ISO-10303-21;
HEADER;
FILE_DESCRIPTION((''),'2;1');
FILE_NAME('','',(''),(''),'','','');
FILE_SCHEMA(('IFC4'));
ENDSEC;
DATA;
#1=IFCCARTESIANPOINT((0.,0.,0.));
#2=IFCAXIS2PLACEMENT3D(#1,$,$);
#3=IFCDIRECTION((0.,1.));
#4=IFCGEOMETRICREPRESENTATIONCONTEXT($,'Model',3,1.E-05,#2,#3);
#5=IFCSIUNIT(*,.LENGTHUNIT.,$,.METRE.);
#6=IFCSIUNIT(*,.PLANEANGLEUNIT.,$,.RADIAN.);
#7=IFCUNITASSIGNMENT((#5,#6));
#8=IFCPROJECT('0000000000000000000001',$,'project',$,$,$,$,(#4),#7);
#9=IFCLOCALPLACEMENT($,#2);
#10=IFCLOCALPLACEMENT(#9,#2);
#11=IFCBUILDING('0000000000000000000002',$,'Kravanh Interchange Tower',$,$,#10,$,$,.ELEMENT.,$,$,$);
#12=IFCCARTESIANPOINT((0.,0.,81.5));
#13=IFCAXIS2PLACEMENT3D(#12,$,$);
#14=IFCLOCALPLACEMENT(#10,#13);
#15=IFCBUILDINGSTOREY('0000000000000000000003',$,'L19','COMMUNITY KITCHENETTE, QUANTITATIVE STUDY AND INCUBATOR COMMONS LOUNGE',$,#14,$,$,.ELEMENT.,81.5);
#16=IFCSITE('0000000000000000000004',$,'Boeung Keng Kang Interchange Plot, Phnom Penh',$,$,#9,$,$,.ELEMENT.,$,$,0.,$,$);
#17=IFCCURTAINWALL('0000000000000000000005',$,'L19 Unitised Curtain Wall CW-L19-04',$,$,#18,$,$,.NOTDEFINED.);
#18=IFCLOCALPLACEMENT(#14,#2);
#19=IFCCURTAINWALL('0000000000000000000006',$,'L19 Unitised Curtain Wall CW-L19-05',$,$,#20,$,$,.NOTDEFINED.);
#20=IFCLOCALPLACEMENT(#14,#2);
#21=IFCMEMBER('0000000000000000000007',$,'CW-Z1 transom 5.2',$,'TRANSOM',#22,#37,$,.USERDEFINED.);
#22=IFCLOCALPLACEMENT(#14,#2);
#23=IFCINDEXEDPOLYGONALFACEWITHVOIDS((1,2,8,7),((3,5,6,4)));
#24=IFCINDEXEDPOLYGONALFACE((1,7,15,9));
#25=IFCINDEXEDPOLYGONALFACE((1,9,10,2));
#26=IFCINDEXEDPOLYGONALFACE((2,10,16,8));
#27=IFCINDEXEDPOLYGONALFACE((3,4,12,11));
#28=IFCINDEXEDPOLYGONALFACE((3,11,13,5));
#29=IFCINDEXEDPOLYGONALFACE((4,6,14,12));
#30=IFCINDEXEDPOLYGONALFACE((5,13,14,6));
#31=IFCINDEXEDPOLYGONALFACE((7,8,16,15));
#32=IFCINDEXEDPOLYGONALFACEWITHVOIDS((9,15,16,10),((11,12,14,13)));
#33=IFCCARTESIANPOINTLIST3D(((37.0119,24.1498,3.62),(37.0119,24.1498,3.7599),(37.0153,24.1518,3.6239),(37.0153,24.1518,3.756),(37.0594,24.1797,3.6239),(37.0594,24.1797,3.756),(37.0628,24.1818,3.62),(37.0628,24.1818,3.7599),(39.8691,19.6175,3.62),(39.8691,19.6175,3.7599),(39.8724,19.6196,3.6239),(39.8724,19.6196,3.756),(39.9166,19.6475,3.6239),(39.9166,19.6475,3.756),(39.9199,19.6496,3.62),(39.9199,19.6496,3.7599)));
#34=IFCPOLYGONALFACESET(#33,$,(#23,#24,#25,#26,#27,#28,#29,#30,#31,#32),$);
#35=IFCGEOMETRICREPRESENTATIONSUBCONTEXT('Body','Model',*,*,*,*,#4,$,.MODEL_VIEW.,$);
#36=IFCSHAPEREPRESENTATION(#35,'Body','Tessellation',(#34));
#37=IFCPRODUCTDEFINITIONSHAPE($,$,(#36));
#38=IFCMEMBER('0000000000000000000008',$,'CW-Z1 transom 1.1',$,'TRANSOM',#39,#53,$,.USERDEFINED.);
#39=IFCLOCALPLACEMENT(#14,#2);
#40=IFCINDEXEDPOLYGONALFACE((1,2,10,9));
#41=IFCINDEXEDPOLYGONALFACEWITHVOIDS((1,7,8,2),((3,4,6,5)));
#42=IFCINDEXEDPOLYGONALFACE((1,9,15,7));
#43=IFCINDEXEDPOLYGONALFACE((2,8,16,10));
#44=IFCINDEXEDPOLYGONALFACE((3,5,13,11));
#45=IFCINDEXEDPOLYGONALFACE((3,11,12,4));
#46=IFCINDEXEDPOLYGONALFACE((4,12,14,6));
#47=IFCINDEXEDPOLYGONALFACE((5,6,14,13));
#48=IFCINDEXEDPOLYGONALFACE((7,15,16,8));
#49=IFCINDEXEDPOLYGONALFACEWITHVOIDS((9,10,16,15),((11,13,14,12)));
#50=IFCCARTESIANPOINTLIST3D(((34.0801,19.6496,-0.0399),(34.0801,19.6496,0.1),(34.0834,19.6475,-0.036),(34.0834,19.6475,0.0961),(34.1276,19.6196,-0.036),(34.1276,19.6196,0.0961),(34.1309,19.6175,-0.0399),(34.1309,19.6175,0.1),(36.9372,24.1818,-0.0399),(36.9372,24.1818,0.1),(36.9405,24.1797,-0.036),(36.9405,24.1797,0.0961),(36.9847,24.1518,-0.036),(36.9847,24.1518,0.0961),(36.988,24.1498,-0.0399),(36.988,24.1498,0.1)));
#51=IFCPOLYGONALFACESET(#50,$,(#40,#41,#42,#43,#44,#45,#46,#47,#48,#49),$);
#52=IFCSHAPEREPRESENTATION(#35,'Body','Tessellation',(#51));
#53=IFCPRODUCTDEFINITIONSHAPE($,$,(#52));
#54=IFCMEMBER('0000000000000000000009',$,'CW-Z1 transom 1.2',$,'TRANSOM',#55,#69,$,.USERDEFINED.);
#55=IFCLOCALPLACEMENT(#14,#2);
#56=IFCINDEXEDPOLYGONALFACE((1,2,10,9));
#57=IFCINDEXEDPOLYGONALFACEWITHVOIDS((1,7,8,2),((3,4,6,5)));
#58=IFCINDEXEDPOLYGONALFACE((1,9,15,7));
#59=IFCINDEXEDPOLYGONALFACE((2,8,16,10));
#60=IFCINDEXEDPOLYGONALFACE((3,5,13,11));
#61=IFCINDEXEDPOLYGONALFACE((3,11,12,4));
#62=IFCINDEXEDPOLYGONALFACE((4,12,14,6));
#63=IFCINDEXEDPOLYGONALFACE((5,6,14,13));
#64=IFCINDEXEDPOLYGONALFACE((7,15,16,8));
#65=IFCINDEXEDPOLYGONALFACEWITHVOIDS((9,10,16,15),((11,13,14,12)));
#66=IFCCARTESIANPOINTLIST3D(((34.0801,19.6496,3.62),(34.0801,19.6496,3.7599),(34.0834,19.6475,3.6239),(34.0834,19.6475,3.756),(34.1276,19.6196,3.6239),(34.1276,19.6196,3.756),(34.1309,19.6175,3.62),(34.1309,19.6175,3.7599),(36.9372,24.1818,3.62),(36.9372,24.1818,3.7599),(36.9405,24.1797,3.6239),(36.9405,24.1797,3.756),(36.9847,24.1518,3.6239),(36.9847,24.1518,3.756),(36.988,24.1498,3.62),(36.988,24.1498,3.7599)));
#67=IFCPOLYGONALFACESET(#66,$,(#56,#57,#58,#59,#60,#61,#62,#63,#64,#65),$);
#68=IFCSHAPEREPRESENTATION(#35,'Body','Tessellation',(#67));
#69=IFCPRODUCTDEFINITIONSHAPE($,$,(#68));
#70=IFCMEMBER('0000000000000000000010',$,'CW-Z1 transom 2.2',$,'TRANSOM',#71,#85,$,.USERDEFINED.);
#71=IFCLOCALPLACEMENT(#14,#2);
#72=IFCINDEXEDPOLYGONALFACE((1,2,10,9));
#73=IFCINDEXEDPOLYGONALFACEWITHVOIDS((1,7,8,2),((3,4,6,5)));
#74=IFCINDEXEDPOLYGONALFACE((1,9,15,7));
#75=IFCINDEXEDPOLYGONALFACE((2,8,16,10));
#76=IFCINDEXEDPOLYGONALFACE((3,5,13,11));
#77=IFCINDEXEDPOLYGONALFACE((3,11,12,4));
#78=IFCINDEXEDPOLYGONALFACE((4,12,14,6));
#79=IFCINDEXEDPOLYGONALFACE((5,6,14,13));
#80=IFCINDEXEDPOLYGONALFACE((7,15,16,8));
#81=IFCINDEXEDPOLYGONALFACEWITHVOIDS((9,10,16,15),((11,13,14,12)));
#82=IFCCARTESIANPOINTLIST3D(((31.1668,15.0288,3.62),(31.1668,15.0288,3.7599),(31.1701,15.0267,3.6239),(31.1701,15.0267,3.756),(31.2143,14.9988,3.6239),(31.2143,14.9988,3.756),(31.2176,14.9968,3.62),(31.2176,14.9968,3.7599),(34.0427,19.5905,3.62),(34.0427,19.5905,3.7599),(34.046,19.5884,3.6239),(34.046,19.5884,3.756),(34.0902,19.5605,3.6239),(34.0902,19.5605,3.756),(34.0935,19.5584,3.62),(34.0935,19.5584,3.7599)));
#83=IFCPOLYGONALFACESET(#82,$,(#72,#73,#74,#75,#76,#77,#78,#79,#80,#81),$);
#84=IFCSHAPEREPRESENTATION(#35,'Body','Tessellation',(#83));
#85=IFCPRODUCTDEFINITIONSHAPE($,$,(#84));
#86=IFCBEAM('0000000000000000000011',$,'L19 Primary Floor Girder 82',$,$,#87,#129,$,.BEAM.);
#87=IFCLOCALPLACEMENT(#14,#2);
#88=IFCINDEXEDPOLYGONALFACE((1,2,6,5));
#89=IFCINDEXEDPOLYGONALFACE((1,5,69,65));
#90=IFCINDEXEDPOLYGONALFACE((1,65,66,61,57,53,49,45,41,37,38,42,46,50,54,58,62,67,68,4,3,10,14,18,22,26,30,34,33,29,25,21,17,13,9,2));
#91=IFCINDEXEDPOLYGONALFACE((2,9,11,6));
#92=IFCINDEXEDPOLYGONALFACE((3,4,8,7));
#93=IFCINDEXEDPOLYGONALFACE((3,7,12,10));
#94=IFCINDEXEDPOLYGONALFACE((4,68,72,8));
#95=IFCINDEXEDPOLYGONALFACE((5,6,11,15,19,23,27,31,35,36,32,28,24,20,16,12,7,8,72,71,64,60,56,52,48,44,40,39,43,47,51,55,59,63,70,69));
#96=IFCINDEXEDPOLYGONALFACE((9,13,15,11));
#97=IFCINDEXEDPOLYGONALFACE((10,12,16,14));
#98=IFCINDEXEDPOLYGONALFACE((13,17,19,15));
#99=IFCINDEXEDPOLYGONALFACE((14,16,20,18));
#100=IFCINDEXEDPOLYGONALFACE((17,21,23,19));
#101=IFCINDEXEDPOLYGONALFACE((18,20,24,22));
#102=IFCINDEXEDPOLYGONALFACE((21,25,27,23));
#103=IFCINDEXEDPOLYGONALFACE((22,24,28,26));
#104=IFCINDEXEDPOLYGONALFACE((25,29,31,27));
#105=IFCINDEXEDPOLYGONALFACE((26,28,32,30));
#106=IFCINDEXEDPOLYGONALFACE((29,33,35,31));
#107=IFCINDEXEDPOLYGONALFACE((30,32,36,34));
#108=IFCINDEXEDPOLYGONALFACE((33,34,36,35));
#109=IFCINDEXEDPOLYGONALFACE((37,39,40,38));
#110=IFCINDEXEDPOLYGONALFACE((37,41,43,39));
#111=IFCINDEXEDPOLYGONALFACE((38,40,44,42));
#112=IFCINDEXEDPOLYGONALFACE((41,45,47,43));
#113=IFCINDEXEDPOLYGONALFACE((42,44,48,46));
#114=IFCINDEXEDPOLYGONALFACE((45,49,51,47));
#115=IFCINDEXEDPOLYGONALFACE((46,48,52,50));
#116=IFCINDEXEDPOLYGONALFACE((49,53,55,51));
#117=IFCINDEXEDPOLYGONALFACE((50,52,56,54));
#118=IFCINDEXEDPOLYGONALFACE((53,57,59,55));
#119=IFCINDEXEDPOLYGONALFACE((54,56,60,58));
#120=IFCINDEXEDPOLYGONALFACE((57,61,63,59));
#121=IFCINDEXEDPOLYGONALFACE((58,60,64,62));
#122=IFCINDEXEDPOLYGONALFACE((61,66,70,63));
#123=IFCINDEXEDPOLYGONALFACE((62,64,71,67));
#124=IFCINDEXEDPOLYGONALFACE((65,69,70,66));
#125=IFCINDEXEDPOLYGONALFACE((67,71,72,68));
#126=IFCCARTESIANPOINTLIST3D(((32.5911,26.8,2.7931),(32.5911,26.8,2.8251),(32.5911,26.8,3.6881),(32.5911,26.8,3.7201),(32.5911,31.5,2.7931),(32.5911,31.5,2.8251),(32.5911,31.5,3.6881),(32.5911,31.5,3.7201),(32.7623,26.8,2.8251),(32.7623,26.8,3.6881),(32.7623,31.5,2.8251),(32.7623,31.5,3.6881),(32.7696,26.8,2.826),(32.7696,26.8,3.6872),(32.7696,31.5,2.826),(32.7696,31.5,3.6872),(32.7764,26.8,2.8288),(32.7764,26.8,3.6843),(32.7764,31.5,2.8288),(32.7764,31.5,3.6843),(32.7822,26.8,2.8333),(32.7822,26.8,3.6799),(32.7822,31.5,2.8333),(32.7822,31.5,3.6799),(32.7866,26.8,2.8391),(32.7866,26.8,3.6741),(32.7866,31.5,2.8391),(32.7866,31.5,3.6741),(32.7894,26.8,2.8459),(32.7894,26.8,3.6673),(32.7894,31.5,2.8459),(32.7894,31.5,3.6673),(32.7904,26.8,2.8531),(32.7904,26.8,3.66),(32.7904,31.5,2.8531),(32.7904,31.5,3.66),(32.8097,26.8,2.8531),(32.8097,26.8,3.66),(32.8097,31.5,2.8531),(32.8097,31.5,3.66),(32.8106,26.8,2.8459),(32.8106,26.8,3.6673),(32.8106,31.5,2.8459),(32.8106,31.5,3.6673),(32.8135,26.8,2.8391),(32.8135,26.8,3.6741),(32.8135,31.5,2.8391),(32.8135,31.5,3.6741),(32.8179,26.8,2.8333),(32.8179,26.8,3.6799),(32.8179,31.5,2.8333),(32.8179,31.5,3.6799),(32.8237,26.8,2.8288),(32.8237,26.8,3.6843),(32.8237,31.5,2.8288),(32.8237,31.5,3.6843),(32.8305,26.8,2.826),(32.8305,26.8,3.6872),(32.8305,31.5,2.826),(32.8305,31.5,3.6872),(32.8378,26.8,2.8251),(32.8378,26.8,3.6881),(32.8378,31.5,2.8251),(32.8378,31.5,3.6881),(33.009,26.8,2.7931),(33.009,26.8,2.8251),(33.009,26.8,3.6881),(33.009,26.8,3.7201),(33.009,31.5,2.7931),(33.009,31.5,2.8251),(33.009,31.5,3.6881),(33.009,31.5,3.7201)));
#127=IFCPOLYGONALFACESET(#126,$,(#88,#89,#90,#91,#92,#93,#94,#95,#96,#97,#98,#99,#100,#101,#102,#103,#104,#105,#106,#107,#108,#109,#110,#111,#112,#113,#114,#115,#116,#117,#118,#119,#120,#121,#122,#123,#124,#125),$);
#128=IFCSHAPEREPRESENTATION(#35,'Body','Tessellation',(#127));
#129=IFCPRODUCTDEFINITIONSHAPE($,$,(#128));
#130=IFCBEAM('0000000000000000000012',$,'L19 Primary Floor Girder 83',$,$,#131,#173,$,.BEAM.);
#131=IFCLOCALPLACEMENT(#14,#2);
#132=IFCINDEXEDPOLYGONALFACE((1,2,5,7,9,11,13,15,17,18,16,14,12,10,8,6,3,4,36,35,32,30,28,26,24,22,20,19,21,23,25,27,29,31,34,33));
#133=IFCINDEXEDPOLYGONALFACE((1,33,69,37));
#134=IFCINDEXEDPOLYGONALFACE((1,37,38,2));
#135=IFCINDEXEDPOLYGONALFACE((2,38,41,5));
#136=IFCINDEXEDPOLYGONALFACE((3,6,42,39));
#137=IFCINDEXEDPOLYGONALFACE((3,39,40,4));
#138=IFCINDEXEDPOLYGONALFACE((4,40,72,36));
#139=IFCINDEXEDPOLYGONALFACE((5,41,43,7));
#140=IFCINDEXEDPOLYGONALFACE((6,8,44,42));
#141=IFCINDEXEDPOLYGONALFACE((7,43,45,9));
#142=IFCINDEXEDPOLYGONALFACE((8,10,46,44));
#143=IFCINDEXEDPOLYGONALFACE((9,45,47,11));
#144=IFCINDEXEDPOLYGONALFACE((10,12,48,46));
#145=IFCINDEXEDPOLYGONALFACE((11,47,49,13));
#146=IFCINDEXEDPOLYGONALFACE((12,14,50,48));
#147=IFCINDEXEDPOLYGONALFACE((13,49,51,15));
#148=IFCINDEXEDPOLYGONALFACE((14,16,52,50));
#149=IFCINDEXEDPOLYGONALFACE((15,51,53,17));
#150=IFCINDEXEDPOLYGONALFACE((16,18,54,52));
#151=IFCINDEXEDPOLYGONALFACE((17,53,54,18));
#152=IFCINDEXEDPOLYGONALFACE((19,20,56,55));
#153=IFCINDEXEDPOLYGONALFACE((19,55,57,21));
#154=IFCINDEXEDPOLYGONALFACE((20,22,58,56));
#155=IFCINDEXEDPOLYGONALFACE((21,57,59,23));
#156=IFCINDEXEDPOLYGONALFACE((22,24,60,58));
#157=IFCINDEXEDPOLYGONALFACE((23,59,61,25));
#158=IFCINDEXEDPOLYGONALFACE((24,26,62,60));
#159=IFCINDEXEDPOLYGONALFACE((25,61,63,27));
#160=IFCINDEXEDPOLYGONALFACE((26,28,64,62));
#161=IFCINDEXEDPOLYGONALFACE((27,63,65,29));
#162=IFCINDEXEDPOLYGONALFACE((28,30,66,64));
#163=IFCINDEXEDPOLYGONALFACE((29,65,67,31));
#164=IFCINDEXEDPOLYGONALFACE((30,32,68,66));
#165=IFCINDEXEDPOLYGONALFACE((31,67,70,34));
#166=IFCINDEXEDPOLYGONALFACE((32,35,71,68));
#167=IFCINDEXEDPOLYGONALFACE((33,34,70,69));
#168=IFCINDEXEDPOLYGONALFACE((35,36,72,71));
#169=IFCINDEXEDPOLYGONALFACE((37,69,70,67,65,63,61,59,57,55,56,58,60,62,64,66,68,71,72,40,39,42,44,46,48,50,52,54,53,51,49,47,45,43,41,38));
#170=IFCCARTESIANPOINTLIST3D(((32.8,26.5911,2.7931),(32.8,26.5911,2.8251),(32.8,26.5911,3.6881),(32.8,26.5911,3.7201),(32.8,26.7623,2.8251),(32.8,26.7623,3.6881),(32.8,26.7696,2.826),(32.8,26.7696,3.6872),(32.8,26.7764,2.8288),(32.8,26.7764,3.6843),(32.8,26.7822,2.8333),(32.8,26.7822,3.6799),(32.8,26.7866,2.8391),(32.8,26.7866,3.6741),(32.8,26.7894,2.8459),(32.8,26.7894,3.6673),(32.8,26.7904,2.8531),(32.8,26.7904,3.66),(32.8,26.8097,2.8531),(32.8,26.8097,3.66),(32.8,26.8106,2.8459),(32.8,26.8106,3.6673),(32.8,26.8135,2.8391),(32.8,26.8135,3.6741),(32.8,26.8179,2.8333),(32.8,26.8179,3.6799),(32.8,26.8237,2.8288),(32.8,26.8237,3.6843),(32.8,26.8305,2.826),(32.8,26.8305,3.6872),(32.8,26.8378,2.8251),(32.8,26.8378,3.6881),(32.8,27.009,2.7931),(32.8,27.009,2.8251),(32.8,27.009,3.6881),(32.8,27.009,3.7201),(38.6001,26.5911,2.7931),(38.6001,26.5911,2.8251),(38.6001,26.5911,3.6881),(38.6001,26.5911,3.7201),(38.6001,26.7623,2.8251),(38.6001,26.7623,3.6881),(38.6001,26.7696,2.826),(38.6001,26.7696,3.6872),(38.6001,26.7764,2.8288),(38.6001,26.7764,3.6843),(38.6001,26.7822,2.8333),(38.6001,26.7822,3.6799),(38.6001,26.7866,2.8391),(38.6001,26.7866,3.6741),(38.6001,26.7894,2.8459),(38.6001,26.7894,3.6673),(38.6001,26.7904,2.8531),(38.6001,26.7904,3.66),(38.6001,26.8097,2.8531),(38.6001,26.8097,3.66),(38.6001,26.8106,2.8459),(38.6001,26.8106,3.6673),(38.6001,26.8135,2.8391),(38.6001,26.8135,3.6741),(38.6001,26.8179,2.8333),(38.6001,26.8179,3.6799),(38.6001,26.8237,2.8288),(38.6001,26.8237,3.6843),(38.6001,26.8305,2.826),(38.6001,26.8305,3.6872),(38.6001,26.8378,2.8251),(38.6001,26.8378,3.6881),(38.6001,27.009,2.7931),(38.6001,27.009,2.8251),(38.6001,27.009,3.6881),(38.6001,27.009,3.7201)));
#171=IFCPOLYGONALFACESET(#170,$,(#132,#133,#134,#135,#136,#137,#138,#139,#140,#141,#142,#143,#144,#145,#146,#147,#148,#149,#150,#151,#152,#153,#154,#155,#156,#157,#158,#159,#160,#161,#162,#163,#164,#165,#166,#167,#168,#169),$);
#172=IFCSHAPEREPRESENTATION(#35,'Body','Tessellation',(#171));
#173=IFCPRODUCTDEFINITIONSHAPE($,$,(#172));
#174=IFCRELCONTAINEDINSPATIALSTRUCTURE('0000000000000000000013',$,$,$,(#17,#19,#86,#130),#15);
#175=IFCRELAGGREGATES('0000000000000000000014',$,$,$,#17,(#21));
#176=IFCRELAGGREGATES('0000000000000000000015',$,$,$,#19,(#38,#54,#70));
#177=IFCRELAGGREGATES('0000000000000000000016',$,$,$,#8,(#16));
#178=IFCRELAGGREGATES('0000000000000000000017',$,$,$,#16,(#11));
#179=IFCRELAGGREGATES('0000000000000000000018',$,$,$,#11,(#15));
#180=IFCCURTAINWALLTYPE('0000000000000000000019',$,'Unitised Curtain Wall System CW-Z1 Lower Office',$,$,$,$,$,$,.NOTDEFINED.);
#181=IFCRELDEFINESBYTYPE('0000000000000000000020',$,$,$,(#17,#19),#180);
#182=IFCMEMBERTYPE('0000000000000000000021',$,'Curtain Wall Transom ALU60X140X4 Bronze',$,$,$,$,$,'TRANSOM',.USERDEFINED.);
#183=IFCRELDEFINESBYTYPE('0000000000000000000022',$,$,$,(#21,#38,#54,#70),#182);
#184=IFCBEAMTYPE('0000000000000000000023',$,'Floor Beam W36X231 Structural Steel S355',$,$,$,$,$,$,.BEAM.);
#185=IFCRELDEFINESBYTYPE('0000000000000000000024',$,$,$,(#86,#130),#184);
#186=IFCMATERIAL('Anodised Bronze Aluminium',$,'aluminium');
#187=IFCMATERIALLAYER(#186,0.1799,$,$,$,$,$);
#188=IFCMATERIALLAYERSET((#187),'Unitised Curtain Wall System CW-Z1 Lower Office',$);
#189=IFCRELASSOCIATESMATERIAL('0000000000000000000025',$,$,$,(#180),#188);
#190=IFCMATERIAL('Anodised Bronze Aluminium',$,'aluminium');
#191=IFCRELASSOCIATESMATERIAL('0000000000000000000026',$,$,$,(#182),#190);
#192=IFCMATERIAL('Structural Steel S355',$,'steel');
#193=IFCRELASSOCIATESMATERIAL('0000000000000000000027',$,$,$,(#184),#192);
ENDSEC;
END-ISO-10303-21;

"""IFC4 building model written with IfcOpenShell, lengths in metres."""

from ifc_helpers import new_model, si_unit, direction, frame, origin, origin_2d, place, context, subcontext, project, spatial, hollow_rectangle, i_section, extrude, material, layer, layer_set, material_profile, profile_set, type_object, element, aggregate, save


model = new_model("IFC4")

# Units and contexts
model_context = context("Model", 3, precision=1e-05, world=origin(), true_north=direction((0.0, 1.0)))
body_context = subcontext(model_context, "Body", "Model", "MODEL_VIEW")
ifc_project = project(units=[si_unit("LENGTHUNIT", "METRE"), si_unit("PLANEANGLEUNIT", "RADIAN")], contexts=[model_context])

# Site, building, storey
site_placement = place(None, origin())
site = spatial("IfcSite", under=ifc_project, at=site_placement, Name="Boeung Keng Kang Interchange Plot, Phnom Penh", CompositionType="ELEMENT", RefElevation=0.0)
building_placement = place(site_placement, origin())
building = spatial("IfcBuilding", under=site, at=building_placement, Name="Kravanh Interchange Tower", CompositionType="ELEMENT")
storey_placement = place(building_placement, frame((0.0, 0.0, 81.5)))
storey = spatial("IfcBuildingStorey", under=building, at=storey_placement, Name="L19", Description="COMMUNITY KITCHENETTE, QUANTITATIVE STUDY AND INCUBATOR COMMONS LOUNGE", CompositionType="ELEMENT", Elevation=81.5)

# Curtain walls
ifc_material_1 = material(Name="Anodised Bronze Aluminium", Category="aluminium")
ifc_layer_1 = layer(ifc_material_1, 0.1799)
ifc_layer_set_1 = layer_set([ifc_layer_1], Name="Unitised Curtain Wall System CW-Z1 Lower Office")
curtain_wall_type = type_object("IfcCurtainWallType", Name="Unitised Curtain Wall System CW-Z1 Lower Office", PredefinedType="NOTDEFINED", material=ifc_layer_set_1)
curtain_wall_1_placement = place(storey_placement, origin())
curtain_wall_1 = element("IfcCurtainWall", 1, at=curtain_wall_1_placement, inside=storey, type_object=curtain_wall_type, Name="L19 Unitised Curtain Wall CW-L19-04", PredefinedType="NOTDEFINED")
curtain_wall_2_placement = place(storey_placement, origin())
curtain_wall_2 = element("IfcCurtainWall", 2, at=curtain_wall_2_placement, inside=storey, type_object=curtain_wall_type, Name="L19 Unitised Curtain Wall CW-L19-05", PredefinedType="NOTDEFINED")

# Members
ifc_material_2 = material(Name="Anodised Bronze Aluminium", Category="aluminium")
ifc_material_profile_1 = material_profile(ifc_material_2, hollow_rectangle(XDim=0.0601, YDim=0.1399, WallThickness=0.0039, at=origin_2d()), Name="ALU60X140X4")
ifc_profile_set_1 = profile_set([ifc_material_profile_1], Name="Anodised Bronze Aluminium")
member_type_1 = type_object("IfcMemberType", Name="Curtain Wall Transom ALU60X140X4 Bronze", ElementType="TRANSOM", PredefinedType="USERDEFINED", material=ifc_profile_set_1)
member_1_placement = place(storey_placement, frame((39.8945, 19.6335, 3.6899), z_axis=(-0.533288, 0.845934, 0.0), x_axis=(-0.845934, -0.533288, 0.0)))
member_1 = element("IfcMember", 3, at=member_1_placement, type_object=member_type_1, Name="CW-Z1 transom 5.2", ObjectType="TRANSOM", PredefinedType="USERDEFINED", context=body_context, shape_type="SweptSolid", body=[
    extrude(hollow_rectangle(XDim=0.0601, YDim=0.1399, WallThickness=0.0039, at=origin_2d()), origin(), (0.0, 0.0, 1.0), 5.3577),
])
member_2_placement = place(storey_placement, frame((36.9626, 24.1658, 0.03), z_axis=(-0.533288, -0.845934, 0.0), x_axis=(0.845934, -0.533288, 0.0)))
member_2 = element("IfcMember", 4, at=member_2_placement, type_object=member_type_1, Name="CW-Z1 transom 1.1", ObjectType="TRANSOM", PredefinedType="USERDEFINED", context=body_context, shape_type="SweptSolid", body=[
    extrude(hollow_rectangle(XDim=0.0601, YDim=0.1399, WallThickness=0.0039, at=origin_2d()), origin(), (0.0, 0.0, 1.0), 5.3577),
])
member_3_placement = place(storey_placement, frame((36.9626, 24.1658, 3.6899), z_axis=(-0.533288, -0.845934, 0.0), x_axis=(0.845934, -0.533288, 0.0)))
member_3 = element("IfcMember", 5, at=member_3_placement, type_object=member_type_1, Name="CW-Z1 transom 1.2", ObjectType="TRANSOM", PredefinedType="USERDEFINED", context=body_context, shape_type="SweptSolid", body=[
    extrude(hollow_rectangle(XDim=0.0601, YDim=0.1399, WallThickness=0.0039, at=origin_2d()), origin(), (0.0, 0.0, 1.0), 5.3577),
])
member_4_placement = place(storey_placement, frame((34.0681, 19.5745, 3.6899), z_axis=(-0.533311, -0.845919, 0.0), x_axis=(0.845919, -0.533311, 0.0)))
member_4 = element("IfcMember", 6, at=member_4_placement, type_object=member_type_1, Name="CW-Z1 transom 2.2", ObjectType="TRANSOM", PredefinedType="USERDEFINED", context=body_context, shape_type="SweptSolid", body=[
    extrude(hollow_rectangle(XDim=0.0601, YDim=0.1399, WallThickness=0.0039, at=origin_2d()), origin(), (0.0, 0.0, 1.0), 5.3926),
])

# Beams
ifc_material_3 = material(Name="Structural Steel S355", Category="steel")
ifc_material_profile_2 = material_profile(ifc_material_3, i_section(OverallWidth=0.418, OverallDepth=0.927, WebThickness=0.0193, FlangeThickness=0.032, FilletRadius=0.0281, at=origin_2d()), Name="W36X231")
ifc_profile_set_2 = profile_set([ifc_material_profile_2], Name="Structural Steel S355")
beam_type_1 = type_object("IfcBeamType", Name="Floor Beam W36X231 Structural Steel S355", PredefinedType="BEAM", material=ifc_profile_set_2)
beam_1_placement = place(storey_placement, frame((32.8, 26.8, 3.2566), z_axis=(0.0, 1.0, 0.0), x_axis=(-1.0, 0.0, 0.0)))
element("IfcBeam", 7, at=beam_1_placement, inside=storey, type_object=beam_type_1, Name="L19 Primary Floor Girder 82", PredefinedType="BEAM", context=body_context, shape_type="SweptSolid", body=[
    extrude(i_section(OverallWidth=0.418, OverallDepth=0.927, WebThickness=0.0193, FlangeThickness=0.032, FilletRadius=0.0281, at=origin_2d()), origin(), (0.0, 0.0, 1.0), 4.7),
])
beam_2_placement = place(storey_placement, frame((32.8, 26.8, 3.2566), z_axis=(1.0, 0.0, 0.0), x_axis=(0.0, 1.0, 0.0)))
element("IfcBeam", 8, at=beam_2_placement, inside=storey, type_object=beam_type_1, Name="L19 Primary Floor Girder 83", PredefinedType="BEAM", context=body_context, shape_type="SweptSolid", body=[
    extrude(i_section(OverallWidth=0.418, OverallDepth=0.927, WebThickness=0.0193, FlangeThickness=0.032, FilletRadius=0.0281, at=origin_2d()), origin(), (0.0, 0.0, 1.0), 5.8),
])

aggregate(curtain_wall_1, [member_1])
aggregate(curtain_wall_2, [member_2, member_3, member_4])

save(model, "model.ifc")
